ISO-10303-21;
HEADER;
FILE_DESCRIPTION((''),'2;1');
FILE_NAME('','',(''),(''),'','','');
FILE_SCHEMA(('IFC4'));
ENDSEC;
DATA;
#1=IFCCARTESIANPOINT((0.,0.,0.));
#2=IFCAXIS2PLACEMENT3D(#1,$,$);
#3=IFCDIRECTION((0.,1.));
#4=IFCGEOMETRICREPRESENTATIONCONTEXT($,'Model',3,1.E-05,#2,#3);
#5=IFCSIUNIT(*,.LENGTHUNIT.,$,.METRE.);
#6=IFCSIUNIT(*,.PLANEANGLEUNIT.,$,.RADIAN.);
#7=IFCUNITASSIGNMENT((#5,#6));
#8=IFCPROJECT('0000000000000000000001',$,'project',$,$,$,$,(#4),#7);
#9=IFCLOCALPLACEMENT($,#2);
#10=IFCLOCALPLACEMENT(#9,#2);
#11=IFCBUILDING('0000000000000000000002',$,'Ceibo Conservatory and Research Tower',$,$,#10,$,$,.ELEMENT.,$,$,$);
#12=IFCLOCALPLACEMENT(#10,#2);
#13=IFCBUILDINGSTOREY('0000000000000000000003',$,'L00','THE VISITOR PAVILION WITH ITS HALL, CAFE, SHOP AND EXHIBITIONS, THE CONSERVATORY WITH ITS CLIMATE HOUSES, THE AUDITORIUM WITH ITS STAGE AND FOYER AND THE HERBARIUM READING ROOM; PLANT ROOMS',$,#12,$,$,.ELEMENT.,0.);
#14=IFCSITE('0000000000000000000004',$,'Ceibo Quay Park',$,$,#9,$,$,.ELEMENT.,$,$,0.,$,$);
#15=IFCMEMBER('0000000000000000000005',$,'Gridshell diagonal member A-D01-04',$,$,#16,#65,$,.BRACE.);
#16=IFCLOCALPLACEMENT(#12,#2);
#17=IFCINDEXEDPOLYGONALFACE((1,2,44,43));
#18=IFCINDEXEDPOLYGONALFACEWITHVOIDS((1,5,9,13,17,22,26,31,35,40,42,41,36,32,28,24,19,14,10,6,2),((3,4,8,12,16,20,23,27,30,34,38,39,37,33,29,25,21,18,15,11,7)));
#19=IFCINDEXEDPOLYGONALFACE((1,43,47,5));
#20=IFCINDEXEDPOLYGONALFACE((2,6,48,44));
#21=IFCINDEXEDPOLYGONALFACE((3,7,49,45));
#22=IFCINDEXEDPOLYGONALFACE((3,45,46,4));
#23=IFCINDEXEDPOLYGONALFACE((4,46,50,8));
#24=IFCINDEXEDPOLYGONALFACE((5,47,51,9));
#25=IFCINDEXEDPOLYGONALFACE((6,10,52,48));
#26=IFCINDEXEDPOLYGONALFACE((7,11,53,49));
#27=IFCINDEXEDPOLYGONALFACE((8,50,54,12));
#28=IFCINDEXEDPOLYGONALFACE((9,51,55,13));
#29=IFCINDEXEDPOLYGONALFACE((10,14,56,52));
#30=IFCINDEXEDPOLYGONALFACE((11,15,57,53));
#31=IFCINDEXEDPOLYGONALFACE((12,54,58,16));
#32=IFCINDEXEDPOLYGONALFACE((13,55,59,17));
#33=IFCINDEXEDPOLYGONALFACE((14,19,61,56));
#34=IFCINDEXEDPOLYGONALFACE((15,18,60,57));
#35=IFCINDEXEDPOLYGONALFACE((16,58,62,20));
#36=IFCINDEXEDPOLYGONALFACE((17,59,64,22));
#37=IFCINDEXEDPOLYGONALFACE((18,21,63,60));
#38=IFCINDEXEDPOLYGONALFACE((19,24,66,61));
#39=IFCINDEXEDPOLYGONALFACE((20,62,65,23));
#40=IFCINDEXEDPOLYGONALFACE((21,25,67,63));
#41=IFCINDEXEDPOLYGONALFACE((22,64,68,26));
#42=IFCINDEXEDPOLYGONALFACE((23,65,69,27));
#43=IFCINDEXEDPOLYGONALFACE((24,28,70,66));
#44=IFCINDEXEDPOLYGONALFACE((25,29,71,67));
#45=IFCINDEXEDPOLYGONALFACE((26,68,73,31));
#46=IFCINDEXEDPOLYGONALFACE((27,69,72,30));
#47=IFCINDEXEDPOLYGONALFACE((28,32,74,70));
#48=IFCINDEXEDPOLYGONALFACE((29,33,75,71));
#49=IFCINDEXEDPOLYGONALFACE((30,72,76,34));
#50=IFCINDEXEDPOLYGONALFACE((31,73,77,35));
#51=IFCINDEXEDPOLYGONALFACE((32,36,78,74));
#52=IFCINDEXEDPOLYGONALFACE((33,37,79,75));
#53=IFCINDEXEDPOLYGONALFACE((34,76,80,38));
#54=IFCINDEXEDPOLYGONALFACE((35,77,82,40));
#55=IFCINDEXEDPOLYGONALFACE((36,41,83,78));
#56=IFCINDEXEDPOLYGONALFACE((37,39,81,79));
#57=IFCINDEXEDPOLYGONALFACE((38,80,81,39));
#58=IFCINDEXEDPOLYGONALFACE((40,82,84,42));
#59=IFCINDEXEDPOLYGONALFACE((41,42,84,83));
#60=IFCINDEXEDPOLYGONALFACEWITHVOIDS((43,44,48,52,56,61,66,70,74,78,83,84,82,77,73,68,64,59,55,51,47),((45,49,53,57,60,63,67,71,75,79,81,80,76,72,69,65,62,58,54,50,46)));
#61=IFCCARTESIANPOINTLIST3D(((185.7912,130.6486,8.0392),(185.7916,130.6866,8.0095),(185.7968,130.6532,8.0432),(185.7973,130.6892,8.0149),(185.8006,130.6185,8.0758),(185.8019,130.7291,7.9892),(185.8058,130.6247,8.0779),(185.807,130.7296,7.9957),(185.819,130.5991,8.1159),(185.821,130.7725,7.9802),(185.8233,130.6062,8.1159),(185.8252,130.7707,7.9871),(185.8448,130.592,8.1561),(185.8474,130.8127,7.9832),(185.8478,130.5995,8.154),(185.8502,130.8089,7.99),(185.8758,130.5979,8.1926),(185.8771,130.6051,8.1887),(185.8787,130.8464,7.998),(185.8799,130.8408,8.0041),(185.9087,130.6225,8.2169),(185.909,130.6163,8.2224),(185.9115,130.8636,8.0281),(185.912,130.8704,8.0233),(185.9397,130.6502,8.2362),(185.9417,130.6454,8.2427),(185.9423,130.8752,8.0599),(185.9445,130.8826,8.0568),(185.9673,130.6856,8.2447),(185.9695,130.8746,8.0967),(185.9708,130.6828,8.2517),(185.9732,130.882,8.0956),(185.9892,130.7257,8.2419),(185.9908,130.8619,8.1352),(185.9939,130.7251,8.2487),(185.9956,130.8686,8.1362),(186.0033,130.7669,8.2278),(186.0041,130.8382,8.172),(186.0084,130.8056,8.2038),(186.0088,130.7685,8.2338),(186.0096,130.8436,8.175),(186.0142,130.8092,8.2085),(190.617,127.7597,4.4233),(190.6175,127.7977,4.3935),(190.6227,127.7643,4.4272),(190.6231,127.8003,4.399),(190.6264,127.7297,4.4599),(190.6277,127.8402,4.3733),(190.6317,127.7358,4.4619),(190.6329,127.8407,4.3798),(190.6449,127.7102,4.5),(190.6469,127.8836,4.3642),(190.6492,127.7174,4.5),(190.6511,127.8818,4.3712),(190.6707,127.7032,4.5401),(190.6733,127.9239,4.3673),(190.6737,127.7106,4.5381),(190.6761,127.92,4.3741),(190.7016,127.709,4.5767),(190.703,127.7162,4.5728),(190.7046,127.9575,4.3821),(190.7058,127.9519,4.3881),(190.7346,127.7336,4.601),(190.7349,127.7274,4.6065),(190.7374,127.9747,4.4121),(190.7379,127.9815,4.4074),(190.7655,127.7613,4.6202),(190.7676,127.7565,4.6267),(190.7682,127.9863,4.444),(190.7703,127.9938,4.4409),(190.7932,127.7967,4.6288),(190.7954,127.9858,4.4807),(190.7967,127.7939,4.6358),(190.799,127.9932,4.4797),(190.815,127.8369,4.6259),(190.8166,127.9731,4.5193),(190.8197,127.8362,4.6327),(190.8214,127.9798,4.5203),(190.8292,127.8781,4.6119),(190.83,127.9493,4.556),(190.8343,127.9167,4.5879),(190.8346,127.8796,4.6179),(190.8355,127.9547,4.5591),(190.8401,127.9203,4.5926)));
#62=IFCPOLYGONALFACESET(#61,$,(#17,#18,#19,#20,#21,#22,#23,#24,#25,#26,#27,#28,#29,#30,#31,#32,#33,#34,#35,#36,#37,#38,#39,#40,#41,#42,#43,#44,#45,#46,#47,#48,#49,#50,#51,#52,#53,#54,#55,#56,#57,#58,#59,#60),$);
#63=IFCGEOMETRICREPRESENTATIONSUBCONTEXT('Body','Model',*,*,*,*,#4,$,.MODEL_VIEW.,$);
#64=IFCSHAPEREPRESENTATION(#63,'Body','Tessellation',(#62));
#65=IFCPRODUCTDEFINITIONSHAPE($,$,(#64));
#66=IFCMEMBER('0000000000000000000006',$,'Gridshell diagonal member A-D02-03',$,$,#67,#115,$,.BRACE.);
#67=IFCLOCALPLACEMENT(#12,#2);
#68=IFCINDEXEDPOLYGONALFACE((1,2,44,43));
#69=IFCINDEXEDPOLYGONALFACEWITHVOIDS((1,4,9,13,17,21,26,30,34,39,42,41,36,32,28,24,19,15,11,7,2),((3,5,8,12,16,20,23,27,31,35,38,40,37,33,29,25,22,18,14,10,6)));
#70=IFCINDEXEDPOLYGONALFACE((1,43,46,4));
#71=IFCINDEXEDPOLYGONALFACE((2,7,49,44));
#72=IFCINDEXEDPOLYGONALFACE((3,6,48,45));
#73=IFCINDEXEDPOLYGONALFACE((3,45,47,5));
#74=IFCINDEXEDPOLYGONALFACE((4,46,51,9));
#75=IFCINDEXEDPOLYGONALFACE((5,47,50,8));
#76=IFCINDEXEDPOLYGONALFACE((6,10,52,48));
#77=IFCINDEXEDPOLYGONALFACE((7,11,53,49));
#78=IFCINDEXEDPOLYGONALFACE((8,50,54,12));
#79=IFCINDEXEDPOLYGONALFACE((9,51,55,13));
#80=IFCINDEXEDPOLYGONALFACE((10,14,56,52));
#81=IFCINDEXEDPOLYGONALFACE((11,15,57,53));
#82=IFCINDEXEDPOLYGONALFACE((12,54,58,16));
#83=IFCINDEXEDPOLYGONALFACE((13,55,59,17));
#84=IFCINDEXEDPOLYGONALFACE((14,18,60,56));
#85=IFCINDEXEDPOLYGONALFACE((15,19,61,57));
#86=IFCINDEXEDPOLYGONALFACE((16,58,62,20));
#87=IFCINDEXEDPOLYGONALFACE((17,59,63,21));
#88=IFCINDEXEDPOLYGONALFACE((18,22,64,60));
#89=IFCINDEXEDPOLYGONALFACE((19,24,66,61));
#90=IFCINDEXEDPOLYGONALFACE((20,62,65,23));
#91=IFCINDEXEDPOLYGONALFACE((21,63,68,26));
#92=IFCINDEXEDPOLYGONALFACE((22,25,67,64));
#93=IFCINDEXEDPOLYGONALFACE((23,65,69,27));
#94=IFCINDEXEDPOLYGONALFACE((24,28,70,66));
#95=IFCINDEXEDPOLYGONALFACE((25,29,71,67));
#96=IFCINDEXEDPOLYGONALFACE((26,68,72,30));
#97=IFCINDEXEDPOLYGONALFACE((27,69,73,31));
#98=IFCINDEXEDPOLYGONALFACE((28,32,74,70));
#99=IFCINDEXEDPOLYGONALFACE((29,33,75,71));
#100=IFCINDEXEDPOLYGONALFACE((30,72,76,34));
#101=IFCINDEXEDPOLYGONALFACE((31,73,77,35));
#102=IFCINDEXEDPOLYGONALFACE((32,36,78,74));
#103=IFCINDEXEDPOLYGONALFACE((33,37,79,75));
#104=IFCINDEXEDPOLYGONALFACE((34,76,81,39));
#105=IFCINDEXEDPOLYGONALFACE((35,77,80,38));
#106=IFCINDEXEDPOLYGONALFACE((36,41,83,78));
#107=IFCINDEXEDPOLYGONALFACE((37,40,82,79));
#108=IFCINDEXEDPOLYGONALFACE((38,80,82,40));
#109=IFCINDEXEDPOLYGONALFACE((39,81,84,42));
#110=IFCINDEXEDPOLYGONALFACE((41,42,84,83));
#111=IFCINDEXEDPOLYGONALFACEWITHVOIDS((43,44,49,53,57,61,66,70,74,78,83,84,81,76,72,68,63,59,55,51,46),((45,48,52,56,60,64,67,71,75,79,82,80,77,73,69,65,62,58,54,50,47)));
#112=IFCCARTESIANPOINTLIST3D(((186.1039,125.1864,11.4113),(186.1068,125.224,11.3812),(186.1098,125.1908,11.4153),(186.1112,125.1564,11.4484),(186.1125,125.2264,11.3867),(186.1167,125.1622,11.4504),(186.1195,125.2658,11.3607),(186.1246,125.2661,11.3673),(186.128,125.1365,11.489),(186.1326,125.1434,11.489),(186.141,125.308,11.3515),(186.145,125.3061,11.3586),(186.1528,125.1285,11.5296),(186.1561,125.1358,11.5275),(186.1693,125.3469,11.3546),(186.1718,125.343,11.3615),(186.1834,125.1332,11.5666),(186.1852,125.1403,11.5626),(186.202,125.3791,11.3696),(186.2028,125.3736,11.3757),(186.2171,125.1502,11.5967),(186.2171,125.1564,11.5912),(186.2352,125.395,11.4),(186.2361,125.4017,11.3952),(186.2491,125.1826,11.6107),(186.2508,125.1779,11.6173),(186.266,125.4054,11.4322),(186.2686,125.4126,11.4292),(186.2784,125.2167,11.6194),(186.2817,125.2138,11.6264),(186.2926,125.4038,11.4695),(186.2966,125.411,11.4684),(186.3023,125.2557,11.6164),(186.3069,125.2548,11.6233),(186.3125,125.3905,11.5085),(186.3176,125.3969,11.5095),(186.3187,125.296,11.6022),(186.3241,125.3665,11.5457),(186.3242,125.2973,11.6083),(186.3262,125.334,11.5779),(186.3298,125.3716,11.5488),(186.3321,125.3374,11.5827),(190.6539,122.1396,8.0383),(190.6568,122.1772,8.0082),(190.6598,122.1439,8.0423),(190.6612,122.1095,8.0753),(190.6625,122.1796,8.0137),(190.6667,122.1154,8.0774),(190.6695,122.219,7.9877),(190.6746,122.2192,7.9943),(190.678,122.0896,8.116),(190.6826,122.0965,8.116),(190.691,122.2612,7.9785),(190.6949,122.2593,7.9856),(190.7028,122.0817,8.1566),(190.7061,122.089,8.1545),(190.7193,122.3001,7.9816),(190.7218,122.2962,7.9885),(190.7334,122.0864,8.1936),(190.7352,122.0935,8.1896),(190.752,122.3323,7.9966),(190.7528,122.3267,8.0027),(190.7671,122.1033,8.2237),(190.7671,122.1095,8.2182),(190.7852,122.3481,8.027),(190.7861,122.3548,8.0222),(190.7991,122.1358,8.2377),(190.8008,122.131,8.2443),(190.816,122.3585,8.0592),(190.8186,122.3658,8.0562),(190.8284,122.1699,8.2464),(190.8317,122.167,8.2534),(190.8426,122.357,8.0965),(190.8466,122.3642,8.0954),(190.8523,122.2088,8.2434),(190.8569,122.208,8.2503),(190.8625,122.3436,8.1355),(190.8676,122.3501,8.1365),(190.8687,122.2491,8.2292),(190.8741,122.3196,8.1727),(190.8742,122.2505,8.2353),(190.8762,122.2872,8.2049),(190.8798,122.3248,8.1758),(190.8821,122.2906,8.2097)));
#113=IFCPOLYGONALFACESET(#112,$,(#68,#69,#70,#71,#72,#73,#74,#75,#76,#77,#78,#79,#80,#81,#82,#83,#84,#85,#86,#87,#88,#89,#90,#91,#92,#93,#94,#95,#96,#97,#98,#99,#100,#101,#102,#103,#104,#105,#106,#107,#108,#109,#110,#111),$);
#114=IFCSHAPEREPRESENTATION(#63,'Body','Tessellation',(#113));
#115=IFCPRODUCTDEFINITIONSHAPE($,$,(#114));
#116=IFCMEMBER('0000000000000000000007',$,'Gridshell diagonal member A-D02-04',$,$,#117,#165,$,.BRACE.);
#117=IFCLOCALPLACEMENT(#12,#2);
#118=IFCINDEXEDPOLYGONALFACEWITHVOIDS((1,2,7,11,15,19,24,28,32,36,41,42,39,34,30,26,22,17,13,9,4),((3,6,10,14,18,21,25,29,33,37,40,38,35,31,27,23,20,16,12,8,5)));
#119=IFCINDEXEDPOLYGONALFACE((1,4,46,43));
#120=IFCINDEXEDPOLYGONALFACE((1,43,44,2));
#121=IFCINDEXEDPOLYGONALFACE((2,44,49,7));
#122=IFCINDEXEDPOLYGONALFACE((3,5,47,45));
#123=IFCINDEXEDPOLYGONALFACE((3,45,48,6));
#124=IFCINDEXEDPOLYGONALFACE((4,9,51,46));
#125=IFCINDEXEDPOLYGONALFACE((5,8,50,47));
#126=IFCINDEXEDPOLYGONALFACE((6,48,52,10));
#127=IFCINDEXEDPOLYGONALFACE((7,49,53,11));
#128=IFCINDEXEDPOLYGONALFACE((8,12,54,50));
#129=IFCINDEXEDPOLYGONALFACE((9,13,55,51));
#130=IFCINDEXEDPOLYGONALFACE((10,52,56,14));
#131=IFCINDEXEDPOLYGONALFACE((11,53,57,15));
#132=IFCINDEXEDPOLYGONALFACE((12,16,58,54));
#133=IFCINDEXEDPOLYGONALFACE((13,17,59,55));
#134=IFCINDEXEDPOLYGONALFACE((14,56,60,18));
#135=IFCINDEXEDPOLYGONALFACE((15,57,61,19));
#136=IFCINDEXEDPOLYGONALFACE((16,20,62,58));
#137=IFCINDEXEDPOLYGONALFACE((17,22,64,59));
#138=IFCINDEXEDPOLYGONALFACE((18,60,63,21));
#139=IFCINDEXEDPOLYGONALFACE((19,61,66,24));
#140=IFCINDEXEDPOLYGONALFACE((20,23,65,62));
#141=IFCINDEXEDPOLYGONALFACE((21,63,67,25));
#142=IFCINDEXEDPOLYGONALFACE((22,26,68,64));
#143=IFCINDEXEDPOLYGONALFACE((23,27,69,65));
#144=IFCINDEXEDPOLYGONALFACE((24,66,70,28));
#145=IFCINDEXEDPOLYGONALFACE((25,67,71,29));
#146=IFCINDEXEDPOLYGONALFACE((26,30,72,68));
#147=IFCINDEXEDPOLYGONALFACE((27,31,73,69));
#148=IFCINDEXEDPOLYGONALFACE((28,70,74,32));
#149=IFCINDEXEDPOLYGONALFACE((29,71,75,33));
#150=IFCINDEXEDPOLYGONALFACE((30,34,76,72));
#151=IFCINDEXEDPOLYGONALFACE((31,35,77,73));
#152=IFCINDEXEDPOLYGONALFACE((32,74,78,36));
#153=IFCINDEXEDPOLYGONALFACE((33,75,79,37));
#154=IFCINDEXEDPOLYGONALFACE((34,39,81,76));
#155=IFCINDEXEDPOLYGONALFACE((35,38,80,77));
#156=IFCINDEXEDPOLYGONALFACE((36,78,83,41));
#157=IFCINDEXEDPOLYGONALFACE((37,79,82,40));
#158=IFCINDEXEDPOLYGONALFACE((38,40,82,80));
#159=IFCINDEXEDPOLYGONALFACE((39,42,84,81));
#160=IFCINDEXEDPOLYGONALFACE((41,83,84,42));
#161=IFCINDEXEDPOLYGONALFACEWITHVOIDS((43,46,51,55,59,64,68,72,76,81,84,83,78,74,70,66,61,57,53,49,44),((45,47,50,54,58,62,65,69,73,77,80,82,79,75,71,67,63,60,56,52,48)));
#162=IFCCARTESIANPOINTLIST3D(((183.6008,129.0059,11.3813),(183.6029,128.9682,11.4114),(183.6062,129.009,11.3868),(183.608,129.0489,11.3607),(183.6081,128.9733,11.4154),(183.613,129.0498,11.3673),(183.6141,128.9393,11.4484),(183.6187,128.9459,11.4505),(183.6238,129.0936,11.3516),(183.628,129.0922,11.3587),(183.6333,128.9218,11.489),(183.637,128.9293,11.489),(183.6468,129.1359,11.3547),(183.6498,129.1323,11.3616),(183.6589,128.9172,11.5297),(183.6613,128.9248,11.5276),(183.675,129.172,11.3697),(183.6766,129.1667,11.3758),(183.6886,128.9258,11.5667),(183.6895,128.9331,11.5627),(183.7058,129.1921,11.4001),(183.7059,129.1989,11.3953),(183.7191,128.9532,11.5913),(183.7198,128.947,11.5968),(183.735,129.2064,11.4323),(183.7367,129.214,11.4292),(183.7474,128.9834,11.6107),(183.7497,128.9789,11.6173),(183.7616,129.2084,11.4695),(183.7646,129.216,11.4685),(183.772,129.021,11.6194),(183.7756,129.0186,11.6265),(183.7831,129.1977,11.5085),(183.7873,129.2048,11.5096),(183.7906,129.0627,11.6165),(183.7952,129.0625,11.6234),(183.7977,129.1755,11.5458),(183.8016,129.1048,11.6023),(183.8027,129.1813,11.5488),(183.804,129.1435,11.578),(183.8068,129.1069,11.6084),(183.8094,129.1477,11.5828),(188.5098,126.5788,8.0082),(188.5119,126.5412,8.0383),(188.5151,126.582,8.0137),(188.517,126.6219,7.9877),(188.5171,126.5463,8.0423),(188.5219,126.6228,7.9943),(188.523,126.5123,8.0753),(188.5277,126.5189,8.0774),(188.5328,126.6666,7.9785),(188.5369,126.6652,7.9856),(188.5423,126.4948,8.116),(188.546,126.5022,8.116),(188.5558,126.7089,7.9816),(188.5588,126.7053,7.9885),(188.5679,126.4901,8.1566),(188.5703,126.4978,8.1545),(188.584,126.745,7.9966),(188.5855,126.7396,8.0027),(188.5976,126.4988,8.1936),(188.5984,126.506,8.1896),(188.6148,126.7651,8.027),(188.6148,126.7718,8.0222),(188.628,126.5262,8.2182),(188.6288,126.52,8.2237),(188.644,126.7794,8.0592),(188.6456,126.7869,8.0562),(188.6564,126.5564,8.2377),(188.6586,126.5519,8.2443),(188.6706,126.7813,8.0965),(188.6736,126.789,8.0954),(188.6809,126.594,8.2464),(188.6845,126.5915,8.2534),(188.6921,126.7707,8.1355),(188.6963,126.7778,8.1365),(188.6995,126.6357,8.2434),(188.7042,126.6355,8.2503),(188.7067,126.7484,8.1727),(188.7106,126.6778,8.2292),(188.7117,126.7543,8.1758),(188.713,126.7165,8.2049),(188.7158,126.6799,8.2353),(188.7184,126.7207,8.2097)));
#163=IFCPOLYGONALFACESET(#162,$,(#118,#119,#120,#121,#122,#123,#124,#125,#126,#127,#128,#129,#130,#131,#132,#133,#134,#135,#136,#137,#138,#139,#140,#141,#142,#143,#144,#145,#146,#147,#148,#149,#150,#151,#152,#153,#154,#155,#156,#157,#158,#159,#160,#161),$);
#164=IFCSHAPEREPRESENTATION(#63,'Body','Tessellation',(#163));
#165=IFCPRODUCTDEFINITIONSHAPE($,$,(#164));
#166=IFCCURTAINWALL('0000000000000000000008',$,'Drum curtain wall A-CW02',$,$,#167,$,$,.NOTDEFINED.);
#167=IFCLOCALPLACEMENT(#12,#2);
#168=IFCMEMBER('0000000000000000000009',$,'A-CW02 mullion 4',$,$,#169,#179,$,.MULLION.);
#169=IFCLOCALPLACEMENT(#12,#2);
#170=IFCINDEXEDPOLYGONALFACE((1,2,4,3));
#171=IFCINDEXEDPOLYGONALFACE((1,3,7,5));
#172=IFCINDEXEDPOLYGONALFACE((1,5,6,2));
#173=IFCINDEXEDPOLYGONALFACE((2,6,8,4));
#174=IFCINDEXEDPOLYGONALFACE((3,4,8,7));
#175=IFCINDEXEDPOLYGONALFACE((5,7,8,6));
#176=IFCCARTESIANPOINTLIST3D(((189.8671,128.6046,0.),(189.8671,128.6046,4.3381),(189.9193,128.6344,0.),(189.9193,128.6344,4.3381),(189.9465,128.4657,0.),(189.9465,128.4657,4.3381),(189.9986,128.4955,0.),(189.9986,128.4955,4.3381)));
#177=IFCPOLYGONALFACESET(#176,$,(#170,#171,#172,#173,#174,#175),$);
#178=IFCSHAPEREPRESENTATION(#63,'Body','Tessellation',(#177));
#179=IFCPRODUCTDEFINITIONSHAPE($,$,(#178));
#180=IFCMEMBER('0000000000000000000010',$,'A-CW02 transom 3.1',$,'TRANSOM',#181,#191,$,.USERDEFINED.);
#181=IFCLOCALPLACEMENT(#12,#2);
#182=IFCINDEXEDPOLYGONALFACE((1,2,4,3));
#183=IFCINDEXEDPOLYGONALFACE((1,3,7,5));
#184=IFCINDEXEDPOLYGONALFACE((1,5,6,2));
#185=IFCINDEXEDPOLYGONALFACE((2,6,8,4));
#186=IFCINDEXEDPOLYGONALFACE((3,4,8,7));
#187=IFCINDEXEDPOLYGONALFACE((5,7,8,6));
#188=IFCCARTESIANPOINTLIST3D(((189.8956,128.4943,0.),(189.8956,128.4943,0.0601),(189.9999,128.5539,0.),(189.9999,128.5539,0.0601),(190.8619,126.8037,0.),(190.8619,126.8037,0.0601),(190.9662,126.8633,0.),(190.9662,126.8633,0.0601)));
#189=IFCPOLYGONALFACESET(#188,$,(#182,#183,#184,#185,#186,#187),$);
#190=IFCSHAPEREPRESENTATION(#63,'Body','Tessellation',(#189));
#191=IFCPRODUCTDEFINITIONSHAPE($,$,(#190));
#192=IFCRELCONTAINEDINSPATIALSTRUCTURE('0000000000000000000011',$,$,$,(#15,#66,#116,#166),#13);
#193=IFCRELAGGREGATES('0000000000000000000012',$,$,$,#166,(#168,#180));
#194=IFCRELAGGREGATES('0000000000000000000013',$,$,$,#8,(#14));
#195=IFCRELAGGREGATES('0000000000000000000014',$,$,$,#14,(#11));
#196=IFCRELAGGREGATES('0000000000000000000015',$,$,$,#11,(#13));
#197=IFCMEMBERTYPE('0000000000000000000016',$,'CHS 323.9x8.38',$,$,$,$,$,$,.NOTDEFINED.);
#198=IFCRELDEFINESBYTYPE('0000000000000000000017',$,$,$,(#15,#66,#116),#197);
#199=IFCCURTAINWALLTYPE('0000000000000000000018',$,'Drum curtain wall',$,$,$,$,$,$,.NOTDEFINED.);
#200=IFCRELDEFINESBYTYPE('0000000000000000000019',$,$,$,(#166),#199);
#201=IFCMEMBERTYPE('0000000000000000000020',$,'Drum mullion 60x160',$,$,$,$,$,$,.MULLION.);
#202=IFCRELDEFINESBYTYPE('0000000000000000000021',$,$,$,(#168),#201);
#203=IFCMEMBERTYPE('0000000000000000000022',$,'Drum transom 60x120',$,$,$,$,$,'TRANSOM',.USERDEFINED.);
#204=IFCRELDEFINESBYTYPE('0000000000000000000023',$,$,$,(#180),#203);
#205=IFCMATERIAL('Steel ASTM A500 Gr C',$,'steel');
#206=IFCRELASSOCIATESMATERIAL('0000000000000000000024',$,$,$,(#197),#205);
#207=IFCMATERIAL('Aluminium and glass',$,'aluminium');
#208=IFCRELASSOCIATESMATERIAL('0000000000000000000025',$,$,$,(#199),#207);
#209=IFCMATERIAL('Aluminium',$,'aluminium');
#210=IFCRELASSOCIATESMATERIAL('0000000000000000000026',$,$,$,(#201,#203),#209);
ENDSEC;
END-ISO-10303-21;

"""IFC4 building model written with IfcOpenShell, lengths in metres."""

from ifc_helpers import new_model, si_unit, direction, frame, origin, origin_2d, place, context, subcontext, project, spatial, rectangle, hollow_circle, extrude, material, material_profile, profile_set, type_object, element, aggregate, save


model = new_model("IFC4")

# Units and contexts
model_context = context("Model", 3, precision=1e-05, world=origin(), true_north=direction((0.0, 1.0)))
body_context = subcontext(model_context, "Body", "Model", "MODEL_VIEW")
ifc_project = project(units=[si_unit("LENGTHUNIT", "METRE"), si_unit("PLANEANGLEUNIT", "RADIAN")], contexts=[model_context])

# Site, building, storey
site_placement = place(None, origin())
site = spatial("IfcSite", under=ifc_project, at=site_placement, Name="Ceibo Quay Park", CompositionType="ELEMENT", RefElevation=0.0)
building_placement = place(site_placement, origin())
building = spatial("IfcBuilding", under=site, at=building_placement, Name="Ceibo Conservatory and Research Tower", CompositionType="ELEMENT")
storey_placement = place(building_placement, origin())
storey = spatial("IfcBuildingStorey", under=building, at=storey_placement, Name="L00", Description="THE VISITOR PAVILION WITH ITS HALL, CAFE, SHOP AND EXHIBITIONS, THE CONSERVATORY WITH ITS CLIMATE HOUSES, THE AUDITORIUM WITH ITS STAGE AND FOYER AND THE HERBARIUM READING ROOM; PLANT ROOMS", CompositionType="ELEMENT", Elevation=0.0)

# Members
ifc_material_1 = material(Name="Steel ASTM A500 Gr C", Category="steel")
ifc_material_profile_1 = material_profile(ifc_material_1, hollow_circle(Radius=0.1619, WallThickness=0.0083, at=origin_2d()), Name="CHS 323.9x8.38")
ifc_profile_set_1 = profile_set([ifc_material_profile_1], Name="Steel ASTM A500 Gr C")
member_type_1 = type_object("IfcMemberType", Name="CHS 323.9x8.38", PredefinedType="NOTDEFINED", material=ifc_profile_set_1)
member_1_placement = place(storey_placement, frame((190.728, 127.8491, 4.5), z_axis=(-0.721731, 0.432046, 0.540778), x_axis=(-0.513627, -0.858013, 0.0)))
element("IfcMember", 1, at=member_1_placement, inside=storey, type_object=member_type_1, Name="Gridshell diagonal member A-D01-04", PredefinedType="BRACE", context=body_context, shape_type="SweptSolid", body=[
    extrude(hollow_circle(Radius=0.1619, WallThickness=0.0083, at=origin_2d()), origin(), (0.0, 0.0, 1.0), 6.6865),
])
member_2_placement = place(storey_placement, frame((190.7681, 122.2241, 8.116), z_axis=(-0.707466, 0.473745, 0.52446), x_axis=(-0.556407, -0.83091, 0.0)))
element("IfcMember", 2, at=member_2_placement, inside=storey, type_object=member_type_1, Name="Gridshell diagonal member A-D02-03", PredefinedType="BRACE", context=body_context, shape_type="SweptSolid", body=[
    extrude(hollow_circle(Radius=0.1619, WallThickness=0.0083, at=origin_2d()), origin(), (0.0, 0.0, 1.0), 6.4314),
])
member_3_placement = place(storey_placement, frame((188.614, 126.6399, 8.116), z_axis=(-0.763253, 0.377356, 0.524449), x_axis=(-0.443197, -0.896424, 0.0)))
element("IfcMember", 3, at=member_3_placement, inside=storey, type_object=member_type_1, Name="Gridshell diagonal member A-D02-04", PredefinedType="BRACE", context=body_context, shape_type="SweptSolid", body=[
    extrude(hollow_circle(Radius=0.1619, WallThickness=0.0083, at=origin_2d()), origin(), (0.0, 0.0, 1.0), 6.4316),
])

# Curtain wall, members
ifc_material_2 = material(Name="Aluminium and glass", Category="aluminium")
curtain_wall_type = type_object("IfcCurtainWallType", Name="Drum curtain wall", PredefinedType="NOTDEFINED", material=ifc_material_2)
curtain_wall_placement = place(storey_placement, origin())
curtain_wall = element("IfcCurtainWall", 4, at=curtain_wall_placement, inside=storey, type_object=curtain_wall_type, Name="Drum curtain wall A-CW02", PredefinedType="NOTDEFINED")
ifc_material_3 = material(Name="Aluminium", Category="aluminium")
ifc_material_profile_2 = material_profile(ifc_material_3, rectangle(XDim=0.0601, YDim=0.1599, at=origin_2d()), Name="AL 60x160")
ifc_profile_set_2 = profile_set([ifc_material_profile_2], Name="Aluminium")
member_type_2 = type_object("IfcMemberType", Name="Drum mullion 60x160", PredefinedType="MULLION", material=ifc_profile_set_2)
member_4_placement = place(storey_placement, frame((189.9329, 128.55, 0.0), z_axis=(0.0, 0.0, 1.0), x_axis=(-0.868199, -0.496216, 0.0)))
member_4 = element("IfcMember", 5, at=member_4_placement, type_object=member_type_2, Name="A-CW02 mullion 4", PredefinedType="MULLION", context=body_context, shape_type="SweptSolid", body=[
    extrude(rectangle(XDim=0.0601, YDim=0.1599, at=origin_2d()), origin(), (0.0, 0.0, 1.0), 4.3381),
])
ifc_material_profile_3 = material_profile(ifc_material_3, rectangle(XDim=0.1201, YDim=0.0601, at=origin_2d()), Name="AL 60x120")
ifc_profile_set_3 = profile_set([ifc_material_profile_3], Name="Aluminium")
member_type_3 = type_object("IfcMemberType", Name="Drum transom 60x120", ElementType="TRANSOM", PredefinedType="USERDEFINED", material=ifc_profile_set_3)
member_5_placement = place(storey_placement, frame((190.9141, 126.8335, 0.03), z_axis=(-0.49622, 0.868197, 0.0), x_axis=(-0.868197, -0.49622, 0.0)))
member_5 = element("IfcMember", 6, at=member_5_placement, type_object=member_type_3, Name="A-CW02 transom 3.1", ObjectType="TRANSOM", PredefinedType="USERDEFINED", context=body_context, shape_type="SweptSolid", body=[
    extrude(rectangle(XDim=0.1201, YDim=0.0601, at=origin_2d()), origin(), (0.0, 0.0, 1.0), 1.9473),
])
aggregate(curtain_wall, [member_4, member_5])

save(model, "model.ifc")
